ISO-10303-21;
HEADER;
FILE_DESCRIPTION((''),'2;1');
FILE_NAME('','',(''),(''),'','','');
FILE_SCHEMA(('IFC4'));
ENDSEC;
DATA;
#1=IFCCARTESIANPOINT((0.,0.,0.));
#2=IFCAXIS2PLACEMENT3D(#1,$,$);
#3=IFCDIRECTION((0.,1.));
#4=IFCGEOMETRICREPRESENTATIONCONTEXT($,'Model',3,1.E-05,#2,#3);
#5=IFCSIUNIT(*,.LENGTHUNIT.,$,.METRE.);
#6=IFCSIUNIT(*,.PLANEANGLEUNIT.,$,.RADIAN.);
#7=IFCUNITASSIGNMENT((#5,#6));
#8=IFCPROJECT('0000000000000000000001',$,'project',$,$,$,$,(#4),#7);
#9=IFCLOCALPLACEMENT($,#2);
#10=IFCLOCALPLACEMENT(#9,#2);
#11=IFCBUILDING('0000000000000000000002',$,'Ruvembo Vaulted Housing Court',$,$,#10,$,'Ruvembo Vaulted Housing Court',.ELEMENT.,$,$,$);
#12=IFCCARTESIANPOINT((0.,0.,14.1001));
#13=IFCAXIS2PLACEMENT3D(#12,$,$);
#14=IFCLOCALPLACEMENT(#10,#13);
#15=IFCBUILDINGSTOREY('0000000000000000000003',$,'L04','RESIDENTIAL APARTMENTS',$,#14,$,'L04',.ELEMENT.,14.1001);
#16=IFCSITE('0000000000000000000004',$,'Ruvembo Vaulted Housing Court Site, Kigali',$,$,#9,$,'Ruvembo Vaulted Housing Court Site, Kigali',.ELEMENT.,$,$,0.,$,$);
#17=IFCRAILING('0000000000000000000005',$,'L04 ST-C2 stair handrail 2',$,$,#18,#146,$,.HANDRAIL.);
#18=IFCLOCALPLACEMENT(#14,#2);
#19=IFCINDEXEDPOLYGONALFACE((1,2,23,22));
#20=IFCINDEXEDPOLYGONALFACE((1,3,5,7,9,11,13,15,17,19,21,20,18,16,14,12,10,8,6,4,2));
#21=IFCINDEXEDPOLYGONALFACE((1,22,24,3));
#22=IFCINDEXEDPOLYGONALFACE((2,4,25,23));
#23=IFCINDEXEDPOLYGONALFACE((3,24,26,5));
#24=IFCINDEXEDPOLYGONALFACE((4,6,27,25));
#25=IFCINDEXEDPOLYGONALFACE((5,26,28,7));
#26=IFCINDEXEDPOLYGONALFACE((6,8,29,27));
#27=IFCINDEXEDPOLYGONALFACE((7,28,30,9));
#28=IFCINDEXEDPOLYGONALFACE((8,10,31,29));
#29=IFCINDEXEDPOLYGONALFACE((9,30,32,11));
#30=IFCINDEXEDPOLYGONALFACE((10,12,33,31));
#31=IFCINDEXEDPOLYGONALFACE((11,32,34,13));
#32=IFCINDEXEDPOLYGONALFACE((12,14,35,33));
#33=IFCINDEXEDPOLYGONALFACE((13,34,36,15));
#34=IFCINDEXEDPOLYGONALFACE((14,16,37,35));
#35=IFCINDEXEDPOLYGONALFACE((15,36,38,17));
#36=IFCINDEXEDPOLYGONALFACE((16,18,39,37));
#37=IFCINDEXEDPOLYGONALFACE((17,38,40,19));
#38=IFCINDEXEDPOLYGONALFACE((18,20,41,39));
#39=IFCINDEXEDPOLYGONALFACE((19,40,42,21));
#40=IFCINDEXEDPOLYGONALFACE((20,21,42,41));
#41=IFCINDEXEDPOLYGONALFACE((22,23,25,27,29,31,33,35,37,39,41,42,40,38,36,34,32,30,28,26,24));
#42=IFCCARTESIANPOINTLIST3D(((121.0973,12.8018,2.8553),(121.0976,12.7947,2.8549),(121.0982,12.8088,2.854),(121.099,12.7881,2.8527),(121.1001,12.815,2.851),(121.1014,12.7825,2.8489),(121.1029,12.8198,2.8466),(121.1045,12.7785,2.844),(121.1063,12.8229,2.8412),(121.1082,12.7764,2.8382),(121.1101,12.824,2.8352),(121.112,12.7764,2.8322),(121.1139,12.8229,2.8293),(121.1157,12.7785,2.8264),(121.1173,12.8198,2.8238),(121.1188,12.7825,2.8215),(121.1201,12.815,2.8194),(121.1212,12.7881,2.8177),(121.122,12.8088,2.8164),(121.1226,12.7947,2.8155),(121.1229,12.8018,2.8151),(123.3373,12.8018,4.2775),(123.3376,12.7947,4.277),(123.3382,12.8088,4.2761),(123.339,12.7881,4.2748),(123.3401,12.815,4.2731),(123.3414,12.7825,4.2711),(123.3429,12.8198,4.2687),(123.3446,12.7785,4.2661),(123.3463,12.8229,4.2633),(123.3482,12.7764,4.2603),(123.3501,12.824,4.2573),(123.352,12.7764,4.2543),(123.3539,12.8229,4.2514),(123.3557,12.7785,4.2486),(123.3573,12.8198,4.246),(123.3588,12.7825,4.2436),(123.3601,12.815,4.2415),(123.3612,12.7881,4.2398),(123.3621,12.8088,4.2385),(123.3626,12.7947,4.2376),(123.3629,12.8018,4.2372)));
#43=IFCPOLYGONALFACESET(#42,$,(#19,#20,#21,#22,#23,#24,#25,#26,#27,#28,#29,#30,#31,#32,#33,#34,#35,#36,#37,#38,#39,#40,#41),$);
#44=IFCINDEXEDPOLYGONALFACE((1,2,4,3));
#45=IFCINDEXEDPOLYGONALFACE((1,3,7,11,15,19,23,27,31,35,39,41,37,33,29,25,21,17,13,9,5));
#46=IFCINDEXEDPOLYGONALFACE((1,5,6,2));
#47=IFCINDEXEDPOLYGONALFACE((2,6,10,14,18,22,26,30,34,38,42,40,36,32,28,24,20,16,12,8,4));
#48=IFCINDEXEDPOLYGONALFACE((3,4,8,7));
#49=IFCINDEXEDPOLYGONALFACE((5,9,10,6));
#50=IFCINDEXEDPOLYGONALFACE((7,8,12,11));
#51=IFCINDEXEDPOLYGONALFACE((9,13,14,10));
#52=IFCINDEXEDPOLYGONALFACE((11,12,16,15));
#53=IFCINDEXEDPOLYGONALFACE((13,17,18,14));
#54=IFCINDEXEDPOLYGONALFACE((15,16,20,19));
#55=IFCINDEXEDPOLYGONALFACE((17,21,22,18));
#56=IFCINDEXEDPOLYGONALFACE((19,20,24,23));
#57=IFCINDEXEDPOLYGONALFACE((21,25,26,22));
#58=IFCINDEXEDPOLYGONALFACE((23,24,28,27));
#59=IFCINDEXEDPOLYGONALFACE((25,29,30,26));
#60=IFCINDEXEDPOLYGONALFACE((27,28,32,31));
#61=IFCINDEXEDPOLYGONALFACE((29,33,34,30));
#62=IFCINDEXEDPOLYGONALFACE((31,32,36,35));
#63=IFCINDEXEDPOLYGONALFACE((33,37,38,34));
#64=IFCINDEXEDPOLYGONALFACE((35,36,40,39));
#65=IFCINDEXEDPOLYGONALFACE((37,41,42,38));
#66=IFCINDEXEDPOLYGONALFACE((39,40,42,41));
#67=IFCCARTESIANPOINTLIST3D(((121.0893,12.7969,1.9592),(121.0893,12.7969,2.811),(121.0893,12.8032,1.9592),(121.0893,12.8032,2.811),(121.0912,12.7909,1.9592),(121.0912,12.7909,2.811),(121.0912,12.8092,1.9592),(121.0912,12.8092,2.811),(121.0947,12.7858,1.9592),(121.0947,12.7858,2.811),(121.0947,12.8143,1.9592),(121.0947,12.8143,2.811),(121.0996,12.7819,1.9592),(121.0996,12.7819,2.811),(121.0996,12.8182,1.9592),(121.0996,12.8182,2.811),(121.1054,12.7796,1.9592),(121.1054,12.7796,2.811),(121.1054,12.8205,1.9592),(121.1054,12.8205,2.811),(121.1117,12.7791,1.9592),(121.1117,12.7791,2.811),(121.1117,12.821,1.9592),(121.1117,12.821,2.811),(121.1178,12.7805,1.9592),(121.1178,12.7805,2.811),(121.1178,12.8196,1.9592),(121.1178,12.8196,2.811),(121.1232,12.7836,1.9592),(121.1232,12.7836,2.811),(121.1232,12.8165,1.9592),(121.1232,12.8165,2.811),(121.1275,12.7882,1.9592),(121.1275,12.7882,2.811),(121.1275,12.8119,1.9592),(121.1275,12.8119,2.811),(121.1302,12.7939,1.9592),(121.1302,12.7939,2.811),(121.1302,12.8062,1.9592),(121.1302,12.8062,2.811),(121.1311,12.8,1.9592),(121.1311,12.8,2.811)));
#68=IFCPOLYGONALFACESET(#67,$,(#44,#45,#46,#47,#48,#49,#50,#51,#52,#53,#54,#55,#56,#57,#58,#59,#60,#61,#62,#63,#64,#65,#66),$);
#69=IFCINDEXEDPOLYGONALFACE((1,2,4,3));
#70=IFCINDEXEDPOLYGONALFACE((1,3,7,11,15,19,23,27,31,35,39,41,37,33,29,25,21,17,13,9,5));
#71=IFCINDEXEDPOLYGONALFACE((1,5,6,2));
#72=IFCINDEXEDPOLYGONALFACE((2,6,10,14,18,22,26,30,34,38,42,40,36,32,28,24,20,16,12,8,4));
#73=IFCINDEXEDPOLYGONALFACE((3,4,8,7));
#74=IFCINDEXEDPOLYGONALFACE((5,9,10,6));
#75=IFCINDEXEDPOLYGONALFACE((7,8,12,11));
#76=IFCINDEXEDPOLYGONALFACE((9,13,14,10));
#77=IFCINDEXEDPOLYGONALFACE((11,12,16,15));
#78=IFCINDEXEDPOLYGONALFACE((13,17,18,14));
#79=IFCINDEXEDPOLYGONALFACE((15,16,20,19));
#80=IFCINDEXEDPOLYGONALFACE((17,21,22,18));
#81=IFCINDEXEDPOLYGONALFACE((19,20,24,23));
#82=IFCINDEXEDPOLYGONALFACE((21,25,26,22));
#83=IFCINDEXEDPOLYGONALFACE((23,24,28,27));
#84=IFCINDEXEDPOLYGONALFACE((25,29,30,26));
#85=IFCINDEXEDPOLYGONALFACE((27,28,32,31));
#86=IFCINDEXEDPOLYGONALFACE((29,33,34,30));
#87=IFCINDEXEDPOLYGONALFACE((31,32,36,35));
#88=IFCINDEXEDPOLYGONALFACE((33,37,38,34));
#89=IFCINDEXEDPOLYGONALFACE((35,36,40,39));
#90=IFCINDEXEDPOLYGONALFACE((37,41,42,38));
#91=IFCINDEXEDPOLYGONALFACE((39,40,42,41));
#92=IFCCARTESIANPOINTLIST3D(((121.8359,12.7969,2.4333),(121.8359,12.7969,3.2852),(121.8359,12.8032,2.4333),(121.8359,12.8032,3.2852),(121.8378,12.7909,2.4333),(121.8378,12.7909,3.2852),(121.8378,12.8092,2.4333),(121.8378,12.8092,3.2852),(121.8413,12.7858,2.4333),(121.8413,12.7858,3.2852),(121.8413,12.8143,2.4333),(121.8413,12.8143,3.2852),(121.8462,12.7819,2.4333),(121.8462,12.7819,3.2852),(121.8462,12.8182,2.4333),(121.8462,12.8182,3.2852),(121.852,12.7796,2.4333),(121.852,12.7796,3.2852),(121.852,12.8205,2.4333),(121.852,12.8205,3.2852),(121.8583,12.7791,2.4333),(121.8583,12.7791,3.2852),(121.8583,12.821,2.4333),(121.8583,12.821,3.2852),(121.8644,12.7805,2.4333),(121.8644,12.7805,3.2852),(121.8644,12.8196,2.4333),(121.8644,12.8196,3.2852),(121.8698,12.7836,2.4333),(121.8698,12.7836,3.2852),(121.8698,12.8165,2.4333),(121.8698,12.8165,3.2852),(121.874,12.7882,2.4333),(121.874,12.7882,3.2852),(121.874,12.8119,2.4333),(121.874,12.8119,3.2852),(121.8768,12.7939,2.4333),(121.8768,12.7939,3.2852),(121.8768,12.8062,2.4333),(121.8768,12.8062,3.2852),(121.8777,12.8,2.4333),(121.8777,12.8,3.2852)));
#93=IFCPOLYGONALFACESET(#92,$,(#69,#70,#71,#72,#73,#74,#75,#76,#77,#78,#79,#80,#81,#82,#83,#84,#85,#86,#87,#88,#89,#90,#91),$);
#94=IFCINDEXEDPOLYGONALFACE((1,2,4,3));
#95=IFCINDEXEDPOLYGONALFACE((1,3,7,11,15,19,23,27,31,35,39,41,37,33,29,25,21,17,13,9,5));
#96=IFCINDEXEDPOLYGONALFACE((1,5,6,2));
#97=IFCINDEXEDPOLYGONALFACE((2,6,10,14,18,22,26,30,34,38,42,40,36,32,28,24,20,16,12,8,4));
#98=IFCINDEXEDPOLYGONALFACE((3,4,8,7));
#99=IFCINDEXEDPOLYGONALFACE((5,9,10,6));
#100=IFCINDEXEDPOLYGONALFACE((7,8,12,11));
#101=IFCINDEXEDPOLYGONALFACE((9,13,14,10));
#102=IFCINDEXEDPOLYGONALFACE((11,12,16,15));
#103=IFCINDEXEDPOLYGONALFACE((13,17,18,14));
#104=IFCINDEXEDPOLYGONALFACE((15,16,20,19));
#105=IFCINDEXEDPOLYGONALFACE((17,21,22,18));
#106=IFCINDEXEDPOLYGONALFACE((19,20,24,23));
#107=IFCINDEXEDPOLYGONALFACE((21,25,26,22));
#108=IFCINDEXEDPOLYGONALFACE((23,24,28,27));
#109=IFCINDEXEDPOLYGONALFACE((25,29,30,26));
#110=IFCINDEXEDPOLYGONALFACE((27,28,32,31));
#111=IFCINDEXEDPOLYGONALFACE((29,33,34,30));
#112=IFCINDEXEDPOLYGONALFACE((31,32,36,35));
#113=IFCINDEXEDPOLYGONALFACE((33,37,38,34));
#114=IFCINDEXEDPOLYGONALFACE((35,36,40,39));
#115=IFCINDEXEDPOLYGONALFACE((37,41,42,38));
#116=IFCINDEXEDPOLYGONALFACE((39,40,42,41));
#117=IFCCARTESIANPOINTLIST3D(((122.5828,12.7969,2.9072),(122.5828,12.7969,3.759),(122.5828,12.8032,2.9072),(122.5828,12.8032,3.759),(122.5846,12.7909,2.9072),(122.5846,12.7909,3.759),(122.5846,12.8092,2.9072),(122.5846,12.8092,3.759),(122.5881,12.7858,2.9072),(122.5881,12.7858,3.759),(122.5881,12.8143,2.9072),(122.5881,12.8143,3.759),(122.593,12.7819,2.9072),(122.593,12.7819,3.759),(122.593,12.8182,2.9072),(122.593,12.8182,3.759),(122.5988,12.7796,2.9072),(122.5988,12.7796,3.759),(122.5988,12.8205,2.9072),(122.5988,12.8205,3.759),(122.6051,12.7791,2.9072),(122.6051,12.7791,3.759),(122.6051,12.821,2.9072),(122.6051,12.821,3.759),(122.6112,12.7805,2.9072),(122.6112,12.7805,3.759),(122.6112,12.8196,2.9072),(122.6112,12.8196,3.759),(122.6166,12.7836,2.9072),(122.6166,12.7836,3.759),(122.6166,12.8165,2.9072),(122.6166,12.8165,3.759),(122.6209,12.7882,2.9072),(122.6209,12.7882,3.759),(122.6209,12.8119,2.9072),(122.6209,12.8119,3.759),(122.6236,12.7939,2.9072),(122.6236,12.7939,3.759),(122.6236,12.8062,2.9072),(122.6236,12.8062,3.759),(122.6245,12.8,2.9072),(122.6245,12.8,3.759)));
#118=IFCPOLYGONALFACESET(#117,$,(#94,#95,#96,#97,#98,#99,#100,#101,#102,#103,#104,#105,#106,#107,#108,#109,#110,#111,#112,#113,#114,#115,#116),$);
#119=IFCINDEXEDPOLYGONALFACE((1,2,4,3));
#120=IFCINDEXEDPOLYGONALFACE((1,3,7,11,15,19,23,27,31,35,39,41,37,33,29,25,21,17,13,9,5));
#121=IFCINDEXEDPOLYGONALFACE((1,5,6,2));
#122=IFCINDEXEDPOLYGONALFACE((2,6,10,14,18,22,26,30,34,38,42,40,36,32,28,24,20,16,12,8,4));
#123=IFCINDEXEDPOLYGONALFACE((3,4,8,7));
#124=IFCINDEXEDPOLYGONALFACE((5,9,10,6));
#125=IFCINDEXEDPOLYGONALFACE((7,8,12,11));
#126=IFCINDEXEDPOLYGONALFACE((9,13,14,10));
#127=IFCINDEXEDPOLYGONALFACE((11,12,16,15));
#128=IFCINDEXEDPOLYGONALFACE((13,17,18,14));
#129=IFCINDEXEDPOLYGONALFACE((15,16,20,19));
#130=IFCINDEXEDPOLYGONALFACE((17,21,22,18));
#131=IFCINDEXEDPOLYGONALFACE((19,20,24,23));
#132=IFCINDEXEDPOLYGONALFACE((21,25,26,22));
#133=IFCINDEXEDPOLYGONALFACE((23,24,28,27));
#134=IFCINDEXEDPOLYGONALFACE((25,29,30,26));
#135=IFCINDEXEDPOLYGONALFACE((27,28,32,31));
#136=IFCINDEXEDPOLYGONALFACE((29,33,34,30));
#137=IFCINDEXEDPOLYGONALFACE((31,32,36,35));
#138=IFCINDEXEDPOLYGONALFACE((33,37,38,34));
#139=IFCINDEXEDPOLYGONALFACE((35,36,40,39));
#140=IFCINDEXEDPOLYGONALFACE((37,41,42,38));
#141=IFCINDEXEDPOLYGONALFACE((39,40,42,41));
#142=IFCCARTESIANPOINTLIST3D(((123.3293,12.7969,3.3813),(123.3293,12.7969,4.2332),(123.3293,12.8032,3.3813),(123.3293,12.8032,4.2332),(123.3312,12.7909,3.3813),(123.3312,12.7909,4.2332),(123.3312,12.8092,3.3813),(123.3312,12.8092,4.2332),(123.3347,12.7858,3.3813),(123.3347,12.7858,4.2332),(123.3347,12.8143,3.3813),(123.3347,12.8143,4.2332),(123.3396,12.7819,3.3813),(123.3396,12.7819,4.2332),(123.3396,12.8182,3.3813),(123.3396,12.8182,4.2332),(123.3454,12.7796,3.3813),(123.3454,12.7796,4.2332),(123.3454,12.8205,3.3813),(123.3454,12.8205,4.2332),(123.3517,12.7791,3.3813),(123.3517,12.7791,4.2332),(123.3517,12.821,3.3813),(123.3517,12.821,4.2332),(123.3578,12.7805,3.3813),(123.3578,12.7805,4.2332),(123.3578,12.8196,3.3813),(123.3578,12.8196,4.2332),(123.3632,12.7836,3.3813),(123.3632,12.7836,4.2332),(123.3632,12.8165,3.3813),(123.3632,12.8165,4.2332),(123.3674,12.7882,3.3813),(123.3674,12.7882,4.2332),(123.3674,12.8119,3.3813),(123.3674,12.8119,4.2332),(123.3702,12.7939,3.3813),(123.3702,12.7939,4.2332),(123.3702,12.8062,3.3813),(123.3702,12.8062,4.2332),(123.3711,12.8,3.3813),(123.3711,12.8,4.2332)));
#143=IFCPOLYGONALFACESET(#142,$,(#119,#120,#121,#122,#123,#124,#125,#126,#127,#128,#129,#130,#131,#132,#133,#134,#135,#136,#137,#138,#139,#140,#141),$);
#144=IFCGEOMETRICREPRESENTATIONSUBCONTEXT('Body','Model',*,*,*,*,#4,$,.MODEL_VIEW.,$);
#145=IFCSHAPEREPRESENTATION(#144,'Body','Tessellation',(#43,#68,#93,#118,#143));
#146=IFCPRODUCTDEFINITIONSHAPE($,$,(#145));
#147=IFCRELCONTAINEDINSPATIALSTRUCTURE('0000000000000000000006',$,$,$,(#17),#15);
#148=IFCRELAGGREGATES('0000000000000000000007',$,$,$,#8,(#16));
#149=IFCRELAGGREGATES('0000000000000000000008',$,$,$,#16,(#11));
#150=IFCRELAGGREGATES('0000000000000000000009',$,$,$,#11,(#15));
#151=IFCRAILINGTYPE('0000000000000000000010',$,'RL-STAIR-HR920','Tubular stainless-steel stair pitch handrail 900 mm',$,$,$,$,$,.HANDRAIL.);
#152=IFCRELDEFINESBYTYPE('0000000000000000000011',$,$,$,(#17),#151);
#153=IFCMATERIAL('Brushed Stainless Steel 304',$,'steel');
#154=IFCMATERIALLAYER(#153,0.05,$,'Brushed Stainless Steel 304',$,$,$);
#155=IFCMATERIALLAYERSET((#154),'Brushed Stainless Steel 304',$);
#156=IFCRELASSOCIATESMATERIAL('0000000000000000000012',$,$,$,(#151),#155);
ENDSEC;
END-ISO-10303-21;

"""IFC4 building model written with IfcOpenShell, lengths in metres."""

from ifc_helpers import new_model, si_unit, direction, frame, origin, origin_2d, place, context, subcontext, project, spatial, circle, extrude, material, layer, layer_set, type_object, element, save


model = new_model("IFC4")

# Units and contexts
model_context = context("Model", 3, precision=1e-05, world=origin(), true_north=direction((0.0, 1.0)))
body_context = subcontext(model_context, "Body", "Model", "MODEL_VIEW")
ifc_project = project(units=[si_unit("LENGTHUNIT", "METRE"), si_unit("PLANEANGLEUNIT", "RADIAN")], contexts=[model_context])

# Site, building, storey
site_placement = place(None, origin())
site = spatial("IfcSite", under=ifc_project, at=site_placement, Name="Ruvembo Vaulted Housing Court Site, Kigali", LongName="Ruvembo Vaulted Housing Court Site, Kigali", CompositionType="ELEMENT", RefElevation=0.0)
building_placement = place(site_placement, origin())
building = spatial("IfcBuilding", under=site, at=building_placement, Name="Ruvembo Vaulted Housing Court", LongName="Ruvembo Vaulted Housing Court", CompositionType="ELEMENT")
storey_placement = place(building_placement, frame((0.0, 0.0, 14.1001)))
storey = spatial("IfcBuildingStorey", under=building, at=storey_placement, Name="L04", Description="RESIDENTIAL APARTMENTS", LongName="L04", CompositionType="ELEMENT", Elevation=14.1001)

# Railing
ifc_material_1 = material(Name="Brushed Stainless Steel 304", Category="steel")
ifc_layer_1 = layer(ifc_material_1, 0.05, Name="Brushed Stainless Steel 304")
ifc_layer_set_1 = layer_set([ifc_layer_1], Name="Brushed Stainless Steel 304")
railing_type_1 = type_object("IfcRailingType", Name="RL-STAIR-HR920", Description="Tubular stainless-steel stair pitch handrail 900 mm", PredefinedType="HANDRAIL", material=ifc_layer_set_1)
railing_1_placement = place(storey_placement, frame((121.1101, 12.8, 1.9592)))
element("IfcRailing", 1, at=railing_1_placement, inside=storey, type_object=railing_type_1, Name="L04 ST-C2 stair handrail 2", PredefinedType="HANDRAIL", context=body_context, shape_type="SweptSolid", body=[
    extrude(circle(Radius=0.0239, at=origin_2d()), frame((0.0, 0.0, 0.876), z_axis=(0.844229, 0.0, 0.535982), x_axis=(0.0, 1.0, 0.0)), (0.0, 0.0, 1.0), 2.6533),
    extrude(circle(Radius=0.021, at=origin_2d()), origin(), (0.0, 0.0, 1.0), 0.8518),
    extrude(circle(Radius=0.021, at=origin_2d()), frame((0.7466, 0.0, 0.4741)), (0.0, 0.0, 1.0), 0.8518),
    extrude(circle(Radius=0.021, at=origin_2d()), frame((1.4934, 0.0, 0.948)), (0.0, 0.0, 1.0), 0.8518),
    extrude(circle(Radius=0.021, at=origin_2d()), frame((2.24, 0.0, 1.4221)), (0.0, 0.0, 1.0), 0.8518),
])

save(model, "model.ifc")
